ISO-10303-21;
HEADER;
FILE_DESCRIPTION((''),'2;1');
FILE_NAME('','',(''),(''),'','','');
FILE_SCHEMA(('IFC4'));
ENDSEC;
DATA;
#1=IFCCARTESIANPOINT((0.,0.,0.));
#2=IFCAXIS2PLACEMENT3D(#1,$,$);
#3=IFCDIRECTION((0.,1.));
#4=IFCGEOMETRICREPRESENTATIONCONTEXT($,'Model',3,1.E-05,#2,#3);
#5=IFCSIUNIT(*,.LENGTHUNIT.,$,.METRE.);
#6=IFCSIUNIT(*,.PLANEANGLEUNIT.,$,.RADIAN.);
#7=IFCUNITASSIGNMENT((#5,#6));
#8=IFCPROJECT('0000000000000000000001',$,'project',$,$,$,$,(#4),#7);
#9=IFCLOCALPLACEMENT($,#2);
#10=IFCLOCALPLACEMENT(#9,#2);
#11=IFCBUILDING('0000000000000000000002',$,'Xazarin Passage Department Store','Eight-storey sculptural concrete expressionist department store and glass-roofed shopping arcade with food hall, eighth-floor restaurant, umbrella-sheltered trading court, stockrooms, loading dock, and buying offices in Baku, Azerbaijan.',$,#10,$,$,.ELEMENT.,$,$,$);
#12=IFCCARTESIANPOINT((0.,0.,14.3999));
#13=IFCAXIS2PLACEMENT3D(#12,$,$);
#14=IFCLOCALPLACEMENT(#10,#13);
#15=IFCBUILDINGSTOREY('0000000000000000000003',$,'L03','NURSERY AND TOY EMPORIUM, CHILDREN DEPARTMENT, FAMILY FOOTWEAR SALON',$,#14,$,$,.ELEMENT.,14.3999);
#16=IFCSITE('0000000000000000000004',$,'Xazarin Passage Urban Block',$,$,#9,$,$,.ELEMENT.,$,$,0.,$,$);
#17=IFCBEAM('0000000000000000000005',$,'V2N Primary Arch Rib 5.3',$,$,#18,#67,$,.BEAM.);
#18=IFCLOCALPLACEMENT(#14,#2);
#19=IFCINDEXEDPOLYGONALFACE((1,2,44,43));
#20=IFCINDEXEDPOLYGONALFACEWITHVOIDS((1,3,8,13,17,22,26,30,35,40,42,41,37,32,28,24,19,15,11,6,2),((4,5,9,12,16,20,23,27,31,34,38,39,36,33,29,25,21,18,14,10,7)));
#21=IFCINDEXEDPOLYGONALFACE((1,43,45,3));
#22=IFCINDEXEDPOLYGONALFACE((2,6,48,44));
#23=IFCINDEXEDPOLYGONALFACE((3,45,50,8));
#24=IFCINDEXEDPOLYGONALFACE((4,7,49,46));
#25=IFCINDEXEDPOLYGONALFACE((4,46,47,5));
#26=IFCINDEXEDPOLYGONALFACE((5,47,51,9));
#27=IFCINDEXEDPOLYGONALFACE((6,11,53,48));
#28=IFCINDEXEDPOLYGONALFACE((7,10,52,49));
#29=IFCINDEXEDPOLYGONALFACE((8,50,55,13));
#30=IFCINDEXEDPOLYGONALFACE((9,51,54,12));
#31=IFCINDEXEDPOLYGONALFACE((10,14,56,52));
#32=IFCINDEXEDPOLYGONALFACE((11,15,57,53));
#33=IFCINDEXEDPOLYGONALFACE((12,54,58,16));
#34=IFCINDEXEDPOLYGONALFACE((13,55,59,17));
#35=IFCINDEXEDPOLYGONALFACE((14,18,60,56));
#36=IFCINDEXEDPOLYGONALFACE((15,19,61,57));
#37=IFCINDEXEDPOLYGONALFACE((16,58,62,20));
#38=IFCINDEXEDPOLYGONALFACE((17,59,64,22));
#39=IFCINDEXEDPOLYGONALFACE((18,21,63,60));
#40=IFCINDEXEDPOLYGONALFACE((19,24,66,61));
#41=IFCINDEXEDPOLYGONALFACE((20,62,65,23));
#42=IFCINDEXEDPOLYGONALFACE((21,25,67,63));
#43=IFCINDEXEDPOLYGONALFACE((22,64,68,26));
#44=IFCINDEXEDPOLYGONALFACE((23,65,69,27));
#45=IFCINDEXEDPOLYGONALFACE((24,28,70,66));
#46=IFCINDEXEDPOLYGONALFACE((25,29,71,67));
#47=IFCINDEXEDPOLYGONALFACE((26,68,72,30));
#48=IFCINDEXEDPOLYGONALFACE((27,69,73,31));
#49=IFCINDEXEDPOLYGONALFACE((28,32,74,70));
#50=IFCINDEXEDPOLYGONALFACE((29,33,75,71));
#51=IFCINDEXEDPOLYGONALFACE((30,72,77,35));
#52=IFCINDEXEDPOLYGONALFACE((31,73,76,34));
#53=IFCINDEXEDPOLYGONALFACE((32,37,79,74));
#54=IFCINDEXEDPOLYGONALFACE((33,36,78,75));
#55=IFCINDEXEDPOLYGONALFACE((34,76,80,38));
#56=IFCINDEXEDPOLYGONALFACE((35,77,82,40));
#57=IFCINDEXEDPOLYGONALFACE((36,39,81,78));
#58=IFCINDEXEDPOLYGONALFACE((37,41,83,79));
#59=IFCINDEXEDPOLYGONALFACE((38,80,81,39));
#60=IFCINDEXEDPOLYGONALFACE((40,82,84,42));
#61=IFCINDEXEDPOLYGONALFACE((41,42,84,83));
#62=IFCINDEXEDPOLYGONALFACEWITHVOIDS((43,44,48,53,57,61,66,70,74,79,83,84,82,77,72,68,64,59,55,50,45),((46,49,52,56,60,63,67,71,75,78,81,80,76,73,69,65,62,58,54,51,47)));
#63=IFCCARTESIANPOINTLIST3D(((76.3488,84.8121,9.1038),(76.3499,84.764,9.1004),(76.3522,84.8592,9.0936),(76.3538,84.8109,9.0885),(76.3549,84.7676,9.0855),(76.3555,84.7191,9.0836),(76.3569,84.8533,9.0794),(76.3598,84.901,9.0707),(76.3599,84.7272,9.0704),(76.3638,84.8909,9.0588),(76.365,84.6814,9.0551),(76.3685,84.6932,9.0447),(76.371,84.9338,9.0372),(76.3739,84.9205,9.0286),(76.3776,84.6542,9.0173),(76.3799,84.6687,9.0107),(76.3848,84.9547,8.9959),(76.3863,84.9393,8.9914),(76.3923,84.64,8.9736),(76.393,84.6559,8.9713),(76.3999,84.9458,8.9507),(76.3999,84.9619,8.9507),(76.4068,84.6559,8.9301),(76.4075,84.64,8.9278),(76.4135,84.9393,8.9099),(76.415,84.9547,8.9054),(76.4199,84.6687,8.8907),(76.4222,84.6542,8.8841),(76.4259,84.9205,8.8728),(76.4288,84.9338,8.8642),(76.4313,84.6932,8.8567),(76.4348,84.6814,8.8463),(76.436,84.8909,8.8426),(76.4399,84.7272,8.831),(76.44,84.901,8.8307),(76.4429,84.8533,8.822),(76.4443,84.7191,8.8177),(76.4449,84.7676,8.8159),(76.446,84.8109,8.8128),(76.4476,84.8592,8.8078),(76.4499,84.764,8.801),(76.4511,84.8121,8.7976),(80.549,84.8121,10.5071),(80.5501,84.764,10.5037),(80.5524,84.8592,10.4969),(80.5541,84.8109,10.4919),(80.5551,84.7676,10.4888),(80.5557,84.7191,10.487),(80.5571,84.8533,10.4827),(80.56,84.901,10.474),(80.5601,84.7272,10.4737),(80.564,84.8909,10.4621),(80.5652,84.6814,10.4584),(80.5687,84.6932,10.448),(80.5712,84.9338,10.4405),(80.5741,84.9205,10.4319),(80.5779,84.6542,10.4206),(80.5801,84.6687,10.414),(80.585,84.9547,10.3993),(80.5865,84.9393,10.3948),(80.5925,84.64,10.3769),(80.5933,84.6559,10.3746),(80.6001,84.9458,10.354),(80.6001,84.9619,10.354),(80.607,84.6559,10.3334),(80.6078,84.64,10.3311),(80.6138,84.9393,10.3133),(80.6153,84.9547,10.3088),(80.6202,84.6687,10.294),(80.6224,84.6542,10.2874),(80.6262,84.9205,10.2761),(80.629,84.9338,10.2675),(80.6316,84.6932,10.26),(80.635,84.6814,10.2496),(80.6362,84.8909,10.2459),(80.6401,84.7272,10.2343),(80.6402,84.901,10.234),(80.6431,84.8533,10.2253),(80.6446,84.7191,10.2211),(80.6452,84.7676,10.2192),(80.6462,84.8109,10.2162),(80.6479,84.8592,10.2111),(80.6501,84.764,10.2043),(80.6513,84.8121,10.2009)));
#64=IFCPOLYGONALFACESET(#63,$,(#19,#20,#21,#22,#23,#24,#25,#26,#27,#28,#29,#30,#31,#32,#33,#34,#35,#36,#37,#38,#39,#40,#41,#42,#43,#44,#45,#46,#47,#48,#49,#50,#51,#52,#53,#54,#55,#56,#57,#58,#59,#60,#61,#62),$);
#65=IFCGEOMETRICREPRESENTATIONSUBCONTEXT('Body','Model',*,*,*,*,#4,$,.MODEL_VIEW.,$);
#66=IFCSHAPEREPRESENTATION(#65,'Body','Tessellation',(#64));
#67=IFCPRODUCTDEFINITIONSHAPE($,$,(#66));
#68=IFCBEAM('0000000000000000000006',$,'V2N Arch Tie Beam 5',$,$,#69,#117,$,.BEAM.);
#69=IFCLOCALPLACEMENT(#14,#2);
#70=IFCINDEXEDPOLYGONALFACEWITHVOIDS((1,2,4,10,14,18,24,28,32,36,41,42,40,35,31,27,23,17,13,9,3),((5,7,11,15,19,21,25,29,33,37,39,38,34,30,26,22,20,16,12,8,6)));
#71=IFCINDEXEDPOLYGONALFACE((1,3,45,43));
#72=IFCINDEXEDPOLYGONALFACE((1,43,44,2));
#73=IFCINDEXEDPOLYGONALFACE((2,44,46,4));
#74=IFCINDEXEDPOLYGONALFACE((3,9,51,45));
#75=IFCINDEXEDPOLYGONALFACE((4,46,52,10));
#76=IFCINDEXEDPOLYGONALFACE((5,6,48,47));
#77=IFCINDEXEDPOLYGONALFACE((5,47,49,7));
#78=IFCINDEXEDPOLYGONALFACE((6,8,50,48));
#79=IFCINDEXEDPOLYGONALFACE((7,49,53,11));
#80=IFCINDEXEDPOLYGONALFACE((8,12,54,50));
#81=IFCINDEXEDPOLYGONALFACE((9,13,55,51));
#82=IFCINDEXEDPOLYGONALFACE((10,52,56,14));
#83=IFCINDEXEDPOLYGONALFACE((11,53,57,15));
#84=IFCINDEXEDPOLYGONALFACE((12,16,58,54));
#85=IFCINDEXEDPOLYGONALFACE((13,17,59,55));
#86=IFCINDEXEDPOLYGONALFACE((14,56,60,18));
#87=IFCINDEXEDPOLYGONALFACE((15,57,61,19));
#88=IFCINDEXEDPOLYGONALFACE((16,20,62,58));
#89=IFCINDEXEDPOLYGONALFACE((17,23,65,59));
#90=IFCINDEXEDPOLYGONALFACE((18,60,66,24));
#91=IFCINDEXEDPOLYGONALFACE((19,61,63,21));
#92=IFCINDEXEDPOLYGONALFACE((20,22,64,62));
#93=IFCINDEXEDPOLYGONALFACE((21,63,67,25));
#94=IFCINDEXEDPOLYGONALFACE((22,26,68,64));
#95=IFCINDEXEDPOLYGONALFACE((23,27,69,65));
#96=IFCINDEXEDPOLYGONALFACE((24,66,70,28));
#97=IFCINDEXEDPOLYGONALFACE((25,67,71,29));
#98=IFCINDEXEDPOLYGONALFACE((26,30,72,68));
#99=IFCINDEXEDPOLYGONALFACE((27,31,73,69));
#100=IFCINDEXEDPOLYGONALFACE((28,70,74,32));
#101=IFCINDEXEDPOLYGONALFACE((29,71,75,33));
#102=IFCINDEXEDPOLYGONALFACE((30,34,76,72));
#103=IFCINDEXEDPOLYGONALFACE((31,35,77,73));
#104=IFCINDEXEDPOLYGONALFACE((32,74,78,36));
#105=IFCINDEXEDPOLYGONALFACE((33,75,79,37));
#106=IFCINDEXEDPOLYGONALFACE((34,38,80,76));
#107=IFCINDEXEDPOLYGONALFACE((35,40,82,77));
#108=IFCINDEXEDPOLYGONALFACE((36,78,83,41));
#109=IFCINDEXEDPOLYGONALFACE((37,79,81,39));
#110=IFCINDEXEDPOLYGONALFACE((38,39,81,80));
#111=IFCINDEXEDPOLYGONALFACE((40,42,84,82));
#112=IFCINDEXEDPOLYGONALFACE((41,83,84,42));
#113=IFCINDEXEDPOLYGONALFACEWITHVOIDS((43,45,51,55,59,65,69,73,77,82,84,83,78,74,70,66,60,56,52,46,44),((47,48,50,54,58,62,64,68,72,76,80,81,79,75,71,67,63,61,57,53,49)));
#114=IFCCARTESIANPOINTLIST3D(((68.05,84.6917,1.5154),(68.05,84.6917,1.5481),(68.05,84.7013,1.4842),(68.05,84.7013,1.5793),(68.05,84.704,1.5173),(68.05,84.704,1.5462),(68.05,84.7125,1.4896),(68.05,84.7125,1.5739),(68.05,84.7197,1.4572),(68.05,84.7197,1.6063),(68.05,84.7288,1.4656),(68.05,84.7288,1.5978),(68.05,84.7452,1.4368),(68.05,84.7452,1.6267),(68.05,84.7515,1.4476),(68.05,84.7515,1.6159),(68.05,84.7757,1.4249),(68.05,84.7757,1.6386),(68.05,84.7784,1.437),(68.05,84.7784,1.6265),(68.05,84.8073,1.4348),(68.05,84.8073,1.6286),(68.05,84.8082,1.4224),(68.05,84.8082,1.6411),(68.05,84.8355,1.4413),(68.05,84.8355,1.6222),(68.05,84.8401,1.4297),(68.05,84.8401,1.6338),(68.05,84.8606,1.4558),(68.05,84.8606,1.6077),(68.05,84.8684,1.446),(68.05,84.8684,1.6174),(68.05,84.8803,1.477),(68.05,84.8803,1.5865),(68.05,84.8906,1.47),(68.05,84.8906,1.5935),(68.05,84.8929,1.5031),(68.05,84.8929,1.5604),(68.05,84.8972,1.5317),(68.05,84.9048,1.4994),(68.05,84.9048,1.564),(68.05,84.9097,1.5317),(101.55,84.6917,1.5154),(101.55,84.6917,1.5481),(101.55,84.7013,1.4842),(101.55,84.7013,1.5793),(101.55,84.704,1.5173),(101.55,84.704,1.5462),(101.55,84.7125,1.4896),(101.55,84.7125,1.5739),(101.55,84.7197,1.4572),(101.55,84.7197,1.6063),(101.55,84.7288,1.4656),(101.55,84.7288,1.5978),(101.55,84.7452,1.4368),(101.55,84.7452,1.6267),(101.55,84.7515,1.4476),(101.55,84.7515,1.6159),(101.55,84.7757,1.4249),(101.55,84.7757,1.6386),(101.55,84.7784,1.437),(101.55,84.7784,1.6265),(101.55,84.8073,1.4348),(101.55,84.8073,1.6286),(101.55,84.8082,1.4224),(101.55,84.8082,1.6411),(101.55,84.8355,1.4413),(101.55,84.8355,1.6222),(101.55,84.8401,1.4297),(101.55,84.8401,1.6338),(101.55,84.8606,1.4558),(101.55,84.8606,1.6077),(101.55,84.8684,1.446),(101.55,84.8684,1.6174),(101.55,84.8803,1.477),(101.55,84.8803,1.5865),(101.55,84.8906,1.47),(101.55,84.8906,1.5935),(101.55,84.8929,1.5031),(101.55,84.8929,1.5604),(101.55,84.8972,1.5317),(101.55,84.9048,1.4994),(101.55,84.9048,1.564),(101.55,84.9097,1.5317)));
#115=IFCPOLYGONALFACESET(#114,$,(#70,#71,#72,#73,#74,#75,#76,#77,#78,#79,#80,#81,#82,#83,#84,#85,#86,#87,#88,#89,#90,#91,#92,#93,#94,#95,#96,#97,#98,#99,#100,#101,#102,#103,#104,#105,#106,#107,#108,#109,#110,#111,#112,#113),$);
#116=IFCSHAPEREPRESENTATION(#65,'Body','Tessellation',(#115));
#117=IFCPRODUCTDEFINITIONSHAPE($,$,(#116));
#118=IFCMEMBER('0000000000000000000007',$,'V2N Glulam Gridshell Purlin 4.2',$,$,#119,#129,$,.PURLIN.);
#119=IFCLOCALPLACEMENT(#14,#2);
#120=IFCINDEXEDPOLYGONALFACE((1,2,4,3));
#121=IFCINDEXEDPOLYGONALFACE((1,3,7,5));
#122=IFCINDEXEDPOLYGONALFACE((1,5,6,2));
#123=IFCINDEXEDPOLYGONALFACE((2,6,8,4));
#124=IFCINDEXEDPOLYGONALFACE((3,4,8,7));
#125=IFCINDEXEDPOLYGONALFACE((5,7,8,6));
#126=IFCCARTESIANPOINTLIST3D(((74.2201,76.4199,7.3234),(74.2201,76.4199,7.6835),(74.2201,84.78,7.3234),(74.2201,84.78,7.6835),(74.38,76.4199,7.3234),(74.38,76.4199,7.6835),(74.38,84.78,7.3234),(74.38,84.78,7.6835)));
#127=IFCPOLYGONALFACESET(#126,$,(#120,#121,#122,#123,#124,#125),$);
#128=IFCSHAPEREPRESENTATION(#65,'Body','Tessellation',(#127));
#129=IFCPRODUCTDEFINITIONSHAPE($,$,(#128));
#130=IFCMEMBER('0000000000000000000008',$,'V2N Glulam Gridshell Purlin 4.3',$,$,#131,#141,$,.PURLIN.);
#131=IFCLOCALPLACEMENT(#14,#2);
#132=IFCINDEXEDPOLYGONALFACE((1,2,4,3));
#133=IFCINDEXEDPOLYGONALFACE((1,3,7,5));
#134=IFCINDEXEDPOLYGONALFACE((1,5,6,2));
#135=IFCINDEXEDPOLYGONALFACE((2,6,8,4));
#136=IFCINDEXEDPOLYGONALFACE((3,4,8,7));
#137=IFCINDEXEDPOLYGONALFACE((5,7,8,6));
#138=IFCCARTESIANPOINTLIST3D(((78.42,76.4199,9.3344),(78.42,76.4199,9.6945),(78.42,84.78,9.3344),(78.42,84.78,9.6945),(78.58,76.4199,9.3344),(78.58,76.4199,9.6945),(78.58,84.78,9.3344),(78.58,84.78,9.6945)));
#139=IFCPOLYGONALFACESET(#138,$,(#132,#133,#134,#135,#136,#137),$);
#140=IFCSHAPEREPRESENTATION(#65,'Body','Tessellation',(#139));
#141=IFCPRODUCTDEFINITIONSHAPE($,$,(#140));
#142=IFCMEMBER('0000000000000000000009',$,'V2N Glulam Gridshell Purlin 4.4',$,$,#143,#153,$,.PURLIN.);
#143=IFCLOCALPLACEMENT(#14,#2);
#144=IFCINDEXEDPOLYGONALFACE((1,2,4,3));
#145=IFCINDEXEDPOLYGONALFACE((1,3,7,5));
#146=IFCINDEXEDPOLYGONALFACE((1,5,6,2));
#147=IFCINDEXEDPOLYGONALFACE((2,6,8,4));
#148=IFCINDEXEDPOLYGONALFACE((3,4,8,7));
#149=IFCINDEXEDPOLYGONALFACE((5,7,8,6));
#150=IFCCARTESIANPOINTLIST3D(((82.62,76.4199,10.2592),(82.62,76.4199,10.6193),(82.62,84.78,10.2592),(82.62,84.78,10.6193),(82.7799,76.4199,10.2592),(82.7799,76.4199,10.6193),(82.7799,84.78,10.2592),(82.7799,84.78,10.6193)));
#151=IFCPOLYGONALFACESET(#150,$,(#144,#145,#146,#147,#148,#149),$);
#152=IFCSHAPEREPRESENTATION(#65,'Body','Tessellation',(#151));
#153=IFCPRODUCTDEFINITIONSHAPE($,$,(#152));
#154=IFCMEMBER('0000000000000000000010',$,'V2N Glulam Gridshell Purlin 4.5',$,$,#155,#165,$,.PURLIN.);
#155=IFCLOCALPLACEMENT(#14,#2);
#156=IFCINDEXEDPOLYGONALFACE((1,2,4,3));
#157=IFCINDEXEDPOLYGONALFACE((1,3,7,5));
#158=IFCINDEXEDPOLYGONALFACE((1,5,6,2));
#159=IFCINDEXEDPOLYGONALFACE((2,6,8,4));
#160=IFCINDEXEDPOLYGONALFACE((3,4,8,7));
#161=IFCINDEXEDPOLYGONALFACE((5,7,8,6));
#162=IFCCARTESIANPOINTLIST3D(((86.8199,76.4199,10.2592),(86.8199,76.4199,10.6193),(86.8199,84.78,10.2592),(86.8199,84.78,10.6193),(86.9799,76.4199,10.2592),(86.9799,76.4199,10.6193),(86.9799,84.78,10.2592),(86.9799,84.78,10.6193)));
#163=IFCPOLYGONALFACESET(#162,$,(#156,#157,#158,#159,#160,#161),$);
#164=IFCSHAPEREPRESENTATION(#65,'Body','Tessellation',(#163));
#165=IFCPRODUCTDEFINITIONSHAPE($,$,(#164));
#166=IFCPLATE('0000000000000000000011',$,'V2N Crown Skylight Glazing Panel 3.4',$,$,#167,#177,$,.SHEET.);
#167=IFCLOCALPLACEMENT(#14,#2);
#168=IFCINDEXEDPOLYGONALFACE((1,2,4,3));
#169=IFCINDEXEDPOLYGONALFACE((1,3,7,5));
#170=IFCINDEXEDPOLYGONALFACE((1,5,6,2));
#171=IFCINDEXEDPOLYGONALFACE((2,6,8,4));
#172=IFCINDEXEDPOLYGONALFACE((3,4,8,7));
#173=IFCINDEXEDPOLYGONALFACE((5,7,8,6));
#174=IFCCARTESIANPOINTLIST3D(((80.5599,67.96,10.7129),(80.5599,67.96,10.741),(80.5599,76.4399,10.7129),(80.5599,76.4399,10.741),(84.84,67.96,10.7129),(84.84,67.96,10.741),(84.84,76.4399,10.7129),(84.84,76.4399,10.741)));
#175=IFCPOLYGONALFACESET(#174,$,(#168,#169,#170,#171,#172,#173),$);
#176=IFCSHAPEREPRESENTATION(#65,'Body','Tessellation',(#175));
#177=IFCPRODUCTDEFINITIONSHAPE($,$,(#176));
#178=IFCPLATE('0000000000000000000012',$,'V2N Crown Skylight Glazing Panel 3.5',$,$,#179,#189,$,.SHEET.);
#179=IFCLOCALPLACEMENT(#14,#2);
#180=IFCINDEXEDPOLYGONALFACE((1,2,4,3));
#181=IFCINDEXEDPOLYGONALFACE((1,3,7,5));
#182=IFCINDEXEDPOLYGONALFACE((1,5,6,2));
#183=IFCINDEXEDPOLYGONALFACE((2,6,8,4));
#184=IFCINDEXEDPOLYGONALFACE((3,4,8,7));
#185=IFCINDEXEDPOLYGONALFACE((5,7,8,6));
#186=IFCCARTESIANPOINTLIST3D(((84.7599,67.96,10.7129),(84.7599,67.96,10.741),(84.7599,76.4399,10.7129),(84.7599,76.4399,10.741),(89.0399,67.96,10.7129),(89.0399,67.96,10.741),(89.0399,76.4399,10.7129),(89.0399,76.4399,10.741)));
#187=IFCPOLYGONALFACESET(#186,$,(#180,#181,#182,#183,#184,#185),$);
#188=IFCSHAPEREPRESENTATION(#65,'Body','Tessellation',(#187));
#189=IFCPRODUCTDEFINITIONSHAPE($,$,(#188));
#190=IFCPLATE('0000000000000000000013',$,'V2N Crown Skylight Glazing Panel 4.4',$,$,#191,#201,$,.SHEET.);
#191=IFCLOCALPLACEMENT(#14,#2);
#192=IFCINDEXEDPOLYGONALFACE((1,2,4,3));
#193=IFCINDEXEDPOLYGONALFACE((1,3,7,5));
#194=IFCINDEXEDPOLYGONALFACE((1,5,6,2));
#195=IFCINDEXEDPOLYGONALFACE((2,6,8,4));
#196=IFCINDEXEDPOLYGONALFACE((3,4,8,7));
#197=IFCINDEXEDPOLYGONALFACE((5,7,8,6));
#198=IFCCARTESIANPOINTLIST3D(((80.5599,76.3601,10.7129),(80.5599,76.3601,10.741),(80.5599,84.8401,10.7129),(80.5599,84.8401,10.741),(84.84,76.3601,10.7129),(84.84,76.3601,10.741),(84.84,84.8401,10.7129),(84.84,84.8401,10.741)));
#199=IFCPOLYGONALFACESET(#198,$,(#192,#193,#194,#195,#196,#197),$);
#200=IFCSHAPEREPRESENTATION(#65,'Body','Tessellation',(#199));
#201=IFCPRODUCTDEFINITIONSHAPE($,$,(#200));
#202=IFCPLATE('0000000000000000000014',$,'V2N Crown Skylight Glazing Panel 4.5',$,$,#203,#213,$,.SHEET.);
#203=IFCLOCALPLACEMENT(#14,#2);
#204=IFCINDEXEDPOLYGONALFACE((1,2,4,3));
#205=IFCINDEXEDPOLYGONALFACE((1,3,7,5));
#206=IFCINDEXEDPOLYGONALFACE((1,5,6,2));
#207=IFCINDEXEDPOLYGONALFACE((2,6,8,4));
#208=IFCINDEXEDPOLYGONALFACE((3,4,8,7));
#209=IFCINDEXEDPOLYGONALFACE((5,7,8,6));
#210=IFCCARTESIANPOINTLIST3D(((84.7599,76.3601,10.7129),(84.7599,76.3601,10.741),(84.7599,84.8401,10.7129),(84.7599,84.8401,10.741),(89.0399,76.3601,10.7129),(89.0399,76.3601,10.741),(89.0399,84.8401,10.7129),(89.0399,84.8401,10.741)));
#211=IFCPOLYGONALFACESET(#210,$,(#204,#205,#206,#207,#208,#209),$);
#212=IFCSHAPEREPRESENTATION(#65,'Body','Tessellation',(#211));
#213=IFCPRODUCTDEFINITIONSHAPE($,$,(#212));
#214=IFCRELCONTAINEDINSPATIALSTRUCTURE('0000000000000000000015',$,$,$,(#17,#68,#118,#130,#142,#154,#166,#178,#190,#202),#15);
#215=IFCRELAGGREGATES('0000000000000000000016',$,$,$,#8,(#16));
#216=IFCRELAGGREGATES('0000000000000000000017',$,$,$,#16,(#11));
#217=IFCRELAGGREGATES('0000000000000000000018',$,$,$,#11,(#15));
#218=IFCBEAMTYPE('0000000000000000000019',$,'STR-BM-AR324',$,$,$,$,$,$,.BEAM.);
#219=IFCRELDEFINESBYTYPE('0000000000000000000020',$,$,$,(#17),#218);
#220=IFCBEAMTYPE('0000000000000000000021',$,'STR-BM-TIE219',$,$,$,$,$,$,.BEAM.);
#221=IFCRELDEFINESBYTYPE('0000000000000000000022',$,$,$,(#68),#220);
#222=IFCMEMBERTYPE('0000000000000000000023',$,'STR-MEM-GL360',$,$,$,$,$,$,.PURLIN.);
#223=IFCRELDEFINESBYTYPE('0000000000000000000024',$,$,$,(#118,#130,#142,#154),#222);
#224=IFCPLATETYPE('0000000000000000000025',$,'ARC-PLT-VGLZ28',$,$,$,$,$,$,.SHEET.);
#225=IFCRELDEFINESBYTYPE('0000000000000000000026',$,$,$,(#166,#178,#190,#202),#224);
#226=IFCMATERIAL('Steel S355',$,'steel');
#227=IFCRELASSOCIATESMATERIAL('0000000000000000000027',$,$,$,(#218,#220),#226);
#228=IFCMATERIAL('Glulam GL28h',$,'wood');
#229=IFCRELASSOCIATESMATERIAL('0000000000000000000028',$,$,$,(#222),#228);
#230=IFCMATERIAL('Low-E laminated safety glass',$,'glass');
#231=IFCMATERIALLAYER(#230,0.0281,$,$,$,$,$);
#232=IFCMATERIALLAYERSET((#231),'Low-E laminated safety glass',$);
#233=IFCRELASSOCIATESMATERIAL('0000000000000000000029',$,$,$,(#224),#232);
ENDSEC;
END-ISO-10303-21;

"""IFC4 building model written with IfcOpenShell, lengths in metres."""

from ifc_helpers import new_model, si_unit, direction, frame, origin, origin_2d, place, context, subcontext, project, spatial, rectangle, hollow_circle, extrude, material, layer, layer_set, material_profile, profile_set, type_object, element, save


model = new_model("IFC4")

# Units and contexts
model_context = context("Model", 3, precision=1e-05, world=origin(), true_north=direction((0.0, 1.0)))
body_context = subcontext(model_context, "Body", "Model", "MODEL_VIEW")
ifc_project = project(units=[si_unit("LENGTHUNIT", "METRE"), si_unit("PLANEANGLEUNIT", "RADIAN")], contexts=[model_context])

# Site, building, storey
site_placement = place(None, origin())
site = spatial("IfcSite", under=ifc_project, at=site_placement, Name="Xazarin Passage Urban Block", CompositionType="ELEMENT", RefElevation=0.0)
building_placement = place(site_placement, origin())
building = spatial("IfcBuilding", under=site, at=building_placement, Name="Xazarin Passage Department Store", Description="Eight-storey sculptural concrete expressionist department store and glass-roofed shopping arcade with food hall, eighth-floor restaurant, umbrella-sheltered trading court, stockrooms, loading dock, and buying offices in Baku, Azerbaijan.", CompositionType="ELEMENT")
storey_placement = place(building_placement, frame((0.0, 0.0, 14.3999)))
storey = spatial("IfcBuildingStorey", under=building, at=storey_placement, Name="L03", Description="NURSERY AND TOY EMPORIUM, CHILDREN DEPARTMENT, FAMILY FOOTWEAR SALON", CompositionType="ELEMENT", Elevation=14.3999)

# Beams
ifc_material_1 = material(Name="Steel S355", Category="steel")
ifc_material_profile_1 = material_profile(ifc_material_1, hollow_circle(Radius=0.1619, WallThickness=0.0161, at=origin_2d()), Name="CHS 323.9x16")
ifc_profile_set_1 = profile_set([ifc_material_profile_1], Name="Steel S355")
beam_type_1 = type_object("IfcBeamType", Name="STR-BM-AR324", PredefinedType="BEAM", material=ifc_profile_set_1)
beam_1_placement = place(storey_placement, frame((76.3999, 84.8, 8.9507), z_axis=(0.948463, 0.0, 0.316889), x_axis=(0.0, 1.0, 0.0)))
element("IfcBeam", 1, at=beam_1_placement, inside=storey, type_object=beam_type_1, Name="V2N Primary Arch Rib 5.3", PredefinedType="BEAM", context=body_context, shape_type="SweptSolid", body=[
    extrude(hollow_circle(Radius=0.1619, WallThickness=0.0161, at=origin_2d()), origin(), (0.0, 0.0, 1.0), 4.4285),
])
ifc_material_profile_2 = material_profile(ifc_material_1, hollow_circle(Radius=0.1096, WallThickness=0.0125, at=origin_2d()), Name="CHS 219.1x12.5")
ifc_profile_set_2 = profile_set([ifc_material_profile_2], Name="Steel S355")
beam_type_2 = type_object("IfcBeamType", Name="STR-BM-TIE219", PredefinedType="BEAM", material=ifc_profile_set_2)
beam_2_placement = place(storey_placement, frame((68.05, 84.8, 1.5317), z_axis=(1.0, 0.0, 0.0), x_axis=(0.0, 1.0, 0.0)))
element("IfcBeam", 2, at=beam_2_placement, inside=storey, type_object=beam_type_2, Name="V2N Arch Tie Beam 5", PredefinedType="BEAM", context=body_context, shape_type="SweptSolid", body=[
    extrude(hollow_circle(Radius=0.1096, WallThickness=0.0125, at=origin_2d()), origin(), (0.0, 0.0, 1.0), 33.5),
])

# Members
ifc_material_2 = material(Name="Glulam GL28h", Category="wood")
ifc_material_profile_3 = material_profile(ifc_material_2, rectangle(XDim=0.1599, YDim=0.3601, at=origin_2d()), Name="GL28h 160x360")
ifc_profile_set_3 = profile_set([ifc_material_profile_3], Name="Glulam GL28h")
member_type = type_object("IfcMemberType", Name="STR-MEM-GL360", PredefinedType="PURLIN", material=ifc_profile_set_3)
for number, where, z_axis, x_axis, name in (
    (3, (74.3, 76.4199, 7.5034), (0.0, 1.0, 0.0), (-1.0, 0.0, 0.0), "V2N Glulam Gridshell Purlin 4.2"),
    (4, (78.5, 76.4199, 9.5144), (0.0, 1.0, 0.0), (-1.0, 0.0, 0.0), "V2N Glulam Gridshell Purlin 4.3"),
    (5, (82.7, 76.4199, 10.4392), (0.0, 1.0, 0.0), (-1.0, 0.0, 0.0), "V2N Glulam Gridshell Purlin 4.4"),
    (6, (86.8999, 76.4199, 10.4392), (0.0, 1.0, 0.0), (-1.0, 0.0, 0.0), "V2N Glulam Gridshell Purlin 4.5"),
):
    element("IfcMember", number, at=place(storey_placement, frame(where, z_axis=z_axis, x_axis=x_axis)), inside=storey, type_object=member_type, Name=name, PredefinedType="PURLIN", context=body_context, shape_type="SweptSolid", body=[
        extrude(rectangle(XDim=0.1599, YDim=0.3601, at=origin_2d()), origin(), (0.0, 0.0, 1.0), 8.3601),
    ])

# Plates
ifc_material_3 = material(Name="Low-E laminated safety glass", Category="glass")
ifc_layer_1 = layer(ifc_material_3, 0.0281)
ifc_layer_set_1 = layer_set([ifc_layer_1], Name="Low-E laminated safety glass")
plate_type = type_object("IfcPlateType", Name="ARC-PLT-VGLZ28", PredefinedType="SHEET", material=ifc_layer_set_1)
for number, where, z_axis, x_axis, name in (
    (7, (82.7, 72.2, 10.7129), (0.0, 0.0, 1.0), (1.0, 0.0, 0.0), "V2N Crown Skylight Glazing Panel 3.4"),
    (8, (86.8999, 72.2, 10.7129), (0.0, 0.0, 1.0), (1.0, 0.0, 0.0), "V2N Crown Skylight Glazing Panel 3.5"),
    (9, (82.7, 80.6001, 10.7129), (0.0, 0.0, 1.0), (1.0, 0.0, 0.0), "V2N Crown Skylight Glazing Panel 4.4"),
    (10, (86.8999, 80.6001, 10.7129), (0.0, 0.0, 1.0), (1.0, 0.0, 0.0), "V2N Crown Skylight Glazing Panel 4.5"),
):
    element("IfcPlate", number, at=place(storey_placement, frame(where, z_axis=z_axis, x_axis=x_axis)), inside=storey, type_object=plate_type, Name=name, PredefinedType="SHEET", context=body_context, shape_type="SweptSolid", body=[
        extrude(rectangle(XDim=4.28, YDim=8.48, at=origin_2d()), origin(), (0.0, 0.0, 1.0), 0.0281),
    ])

save(model, "model.ifc")
